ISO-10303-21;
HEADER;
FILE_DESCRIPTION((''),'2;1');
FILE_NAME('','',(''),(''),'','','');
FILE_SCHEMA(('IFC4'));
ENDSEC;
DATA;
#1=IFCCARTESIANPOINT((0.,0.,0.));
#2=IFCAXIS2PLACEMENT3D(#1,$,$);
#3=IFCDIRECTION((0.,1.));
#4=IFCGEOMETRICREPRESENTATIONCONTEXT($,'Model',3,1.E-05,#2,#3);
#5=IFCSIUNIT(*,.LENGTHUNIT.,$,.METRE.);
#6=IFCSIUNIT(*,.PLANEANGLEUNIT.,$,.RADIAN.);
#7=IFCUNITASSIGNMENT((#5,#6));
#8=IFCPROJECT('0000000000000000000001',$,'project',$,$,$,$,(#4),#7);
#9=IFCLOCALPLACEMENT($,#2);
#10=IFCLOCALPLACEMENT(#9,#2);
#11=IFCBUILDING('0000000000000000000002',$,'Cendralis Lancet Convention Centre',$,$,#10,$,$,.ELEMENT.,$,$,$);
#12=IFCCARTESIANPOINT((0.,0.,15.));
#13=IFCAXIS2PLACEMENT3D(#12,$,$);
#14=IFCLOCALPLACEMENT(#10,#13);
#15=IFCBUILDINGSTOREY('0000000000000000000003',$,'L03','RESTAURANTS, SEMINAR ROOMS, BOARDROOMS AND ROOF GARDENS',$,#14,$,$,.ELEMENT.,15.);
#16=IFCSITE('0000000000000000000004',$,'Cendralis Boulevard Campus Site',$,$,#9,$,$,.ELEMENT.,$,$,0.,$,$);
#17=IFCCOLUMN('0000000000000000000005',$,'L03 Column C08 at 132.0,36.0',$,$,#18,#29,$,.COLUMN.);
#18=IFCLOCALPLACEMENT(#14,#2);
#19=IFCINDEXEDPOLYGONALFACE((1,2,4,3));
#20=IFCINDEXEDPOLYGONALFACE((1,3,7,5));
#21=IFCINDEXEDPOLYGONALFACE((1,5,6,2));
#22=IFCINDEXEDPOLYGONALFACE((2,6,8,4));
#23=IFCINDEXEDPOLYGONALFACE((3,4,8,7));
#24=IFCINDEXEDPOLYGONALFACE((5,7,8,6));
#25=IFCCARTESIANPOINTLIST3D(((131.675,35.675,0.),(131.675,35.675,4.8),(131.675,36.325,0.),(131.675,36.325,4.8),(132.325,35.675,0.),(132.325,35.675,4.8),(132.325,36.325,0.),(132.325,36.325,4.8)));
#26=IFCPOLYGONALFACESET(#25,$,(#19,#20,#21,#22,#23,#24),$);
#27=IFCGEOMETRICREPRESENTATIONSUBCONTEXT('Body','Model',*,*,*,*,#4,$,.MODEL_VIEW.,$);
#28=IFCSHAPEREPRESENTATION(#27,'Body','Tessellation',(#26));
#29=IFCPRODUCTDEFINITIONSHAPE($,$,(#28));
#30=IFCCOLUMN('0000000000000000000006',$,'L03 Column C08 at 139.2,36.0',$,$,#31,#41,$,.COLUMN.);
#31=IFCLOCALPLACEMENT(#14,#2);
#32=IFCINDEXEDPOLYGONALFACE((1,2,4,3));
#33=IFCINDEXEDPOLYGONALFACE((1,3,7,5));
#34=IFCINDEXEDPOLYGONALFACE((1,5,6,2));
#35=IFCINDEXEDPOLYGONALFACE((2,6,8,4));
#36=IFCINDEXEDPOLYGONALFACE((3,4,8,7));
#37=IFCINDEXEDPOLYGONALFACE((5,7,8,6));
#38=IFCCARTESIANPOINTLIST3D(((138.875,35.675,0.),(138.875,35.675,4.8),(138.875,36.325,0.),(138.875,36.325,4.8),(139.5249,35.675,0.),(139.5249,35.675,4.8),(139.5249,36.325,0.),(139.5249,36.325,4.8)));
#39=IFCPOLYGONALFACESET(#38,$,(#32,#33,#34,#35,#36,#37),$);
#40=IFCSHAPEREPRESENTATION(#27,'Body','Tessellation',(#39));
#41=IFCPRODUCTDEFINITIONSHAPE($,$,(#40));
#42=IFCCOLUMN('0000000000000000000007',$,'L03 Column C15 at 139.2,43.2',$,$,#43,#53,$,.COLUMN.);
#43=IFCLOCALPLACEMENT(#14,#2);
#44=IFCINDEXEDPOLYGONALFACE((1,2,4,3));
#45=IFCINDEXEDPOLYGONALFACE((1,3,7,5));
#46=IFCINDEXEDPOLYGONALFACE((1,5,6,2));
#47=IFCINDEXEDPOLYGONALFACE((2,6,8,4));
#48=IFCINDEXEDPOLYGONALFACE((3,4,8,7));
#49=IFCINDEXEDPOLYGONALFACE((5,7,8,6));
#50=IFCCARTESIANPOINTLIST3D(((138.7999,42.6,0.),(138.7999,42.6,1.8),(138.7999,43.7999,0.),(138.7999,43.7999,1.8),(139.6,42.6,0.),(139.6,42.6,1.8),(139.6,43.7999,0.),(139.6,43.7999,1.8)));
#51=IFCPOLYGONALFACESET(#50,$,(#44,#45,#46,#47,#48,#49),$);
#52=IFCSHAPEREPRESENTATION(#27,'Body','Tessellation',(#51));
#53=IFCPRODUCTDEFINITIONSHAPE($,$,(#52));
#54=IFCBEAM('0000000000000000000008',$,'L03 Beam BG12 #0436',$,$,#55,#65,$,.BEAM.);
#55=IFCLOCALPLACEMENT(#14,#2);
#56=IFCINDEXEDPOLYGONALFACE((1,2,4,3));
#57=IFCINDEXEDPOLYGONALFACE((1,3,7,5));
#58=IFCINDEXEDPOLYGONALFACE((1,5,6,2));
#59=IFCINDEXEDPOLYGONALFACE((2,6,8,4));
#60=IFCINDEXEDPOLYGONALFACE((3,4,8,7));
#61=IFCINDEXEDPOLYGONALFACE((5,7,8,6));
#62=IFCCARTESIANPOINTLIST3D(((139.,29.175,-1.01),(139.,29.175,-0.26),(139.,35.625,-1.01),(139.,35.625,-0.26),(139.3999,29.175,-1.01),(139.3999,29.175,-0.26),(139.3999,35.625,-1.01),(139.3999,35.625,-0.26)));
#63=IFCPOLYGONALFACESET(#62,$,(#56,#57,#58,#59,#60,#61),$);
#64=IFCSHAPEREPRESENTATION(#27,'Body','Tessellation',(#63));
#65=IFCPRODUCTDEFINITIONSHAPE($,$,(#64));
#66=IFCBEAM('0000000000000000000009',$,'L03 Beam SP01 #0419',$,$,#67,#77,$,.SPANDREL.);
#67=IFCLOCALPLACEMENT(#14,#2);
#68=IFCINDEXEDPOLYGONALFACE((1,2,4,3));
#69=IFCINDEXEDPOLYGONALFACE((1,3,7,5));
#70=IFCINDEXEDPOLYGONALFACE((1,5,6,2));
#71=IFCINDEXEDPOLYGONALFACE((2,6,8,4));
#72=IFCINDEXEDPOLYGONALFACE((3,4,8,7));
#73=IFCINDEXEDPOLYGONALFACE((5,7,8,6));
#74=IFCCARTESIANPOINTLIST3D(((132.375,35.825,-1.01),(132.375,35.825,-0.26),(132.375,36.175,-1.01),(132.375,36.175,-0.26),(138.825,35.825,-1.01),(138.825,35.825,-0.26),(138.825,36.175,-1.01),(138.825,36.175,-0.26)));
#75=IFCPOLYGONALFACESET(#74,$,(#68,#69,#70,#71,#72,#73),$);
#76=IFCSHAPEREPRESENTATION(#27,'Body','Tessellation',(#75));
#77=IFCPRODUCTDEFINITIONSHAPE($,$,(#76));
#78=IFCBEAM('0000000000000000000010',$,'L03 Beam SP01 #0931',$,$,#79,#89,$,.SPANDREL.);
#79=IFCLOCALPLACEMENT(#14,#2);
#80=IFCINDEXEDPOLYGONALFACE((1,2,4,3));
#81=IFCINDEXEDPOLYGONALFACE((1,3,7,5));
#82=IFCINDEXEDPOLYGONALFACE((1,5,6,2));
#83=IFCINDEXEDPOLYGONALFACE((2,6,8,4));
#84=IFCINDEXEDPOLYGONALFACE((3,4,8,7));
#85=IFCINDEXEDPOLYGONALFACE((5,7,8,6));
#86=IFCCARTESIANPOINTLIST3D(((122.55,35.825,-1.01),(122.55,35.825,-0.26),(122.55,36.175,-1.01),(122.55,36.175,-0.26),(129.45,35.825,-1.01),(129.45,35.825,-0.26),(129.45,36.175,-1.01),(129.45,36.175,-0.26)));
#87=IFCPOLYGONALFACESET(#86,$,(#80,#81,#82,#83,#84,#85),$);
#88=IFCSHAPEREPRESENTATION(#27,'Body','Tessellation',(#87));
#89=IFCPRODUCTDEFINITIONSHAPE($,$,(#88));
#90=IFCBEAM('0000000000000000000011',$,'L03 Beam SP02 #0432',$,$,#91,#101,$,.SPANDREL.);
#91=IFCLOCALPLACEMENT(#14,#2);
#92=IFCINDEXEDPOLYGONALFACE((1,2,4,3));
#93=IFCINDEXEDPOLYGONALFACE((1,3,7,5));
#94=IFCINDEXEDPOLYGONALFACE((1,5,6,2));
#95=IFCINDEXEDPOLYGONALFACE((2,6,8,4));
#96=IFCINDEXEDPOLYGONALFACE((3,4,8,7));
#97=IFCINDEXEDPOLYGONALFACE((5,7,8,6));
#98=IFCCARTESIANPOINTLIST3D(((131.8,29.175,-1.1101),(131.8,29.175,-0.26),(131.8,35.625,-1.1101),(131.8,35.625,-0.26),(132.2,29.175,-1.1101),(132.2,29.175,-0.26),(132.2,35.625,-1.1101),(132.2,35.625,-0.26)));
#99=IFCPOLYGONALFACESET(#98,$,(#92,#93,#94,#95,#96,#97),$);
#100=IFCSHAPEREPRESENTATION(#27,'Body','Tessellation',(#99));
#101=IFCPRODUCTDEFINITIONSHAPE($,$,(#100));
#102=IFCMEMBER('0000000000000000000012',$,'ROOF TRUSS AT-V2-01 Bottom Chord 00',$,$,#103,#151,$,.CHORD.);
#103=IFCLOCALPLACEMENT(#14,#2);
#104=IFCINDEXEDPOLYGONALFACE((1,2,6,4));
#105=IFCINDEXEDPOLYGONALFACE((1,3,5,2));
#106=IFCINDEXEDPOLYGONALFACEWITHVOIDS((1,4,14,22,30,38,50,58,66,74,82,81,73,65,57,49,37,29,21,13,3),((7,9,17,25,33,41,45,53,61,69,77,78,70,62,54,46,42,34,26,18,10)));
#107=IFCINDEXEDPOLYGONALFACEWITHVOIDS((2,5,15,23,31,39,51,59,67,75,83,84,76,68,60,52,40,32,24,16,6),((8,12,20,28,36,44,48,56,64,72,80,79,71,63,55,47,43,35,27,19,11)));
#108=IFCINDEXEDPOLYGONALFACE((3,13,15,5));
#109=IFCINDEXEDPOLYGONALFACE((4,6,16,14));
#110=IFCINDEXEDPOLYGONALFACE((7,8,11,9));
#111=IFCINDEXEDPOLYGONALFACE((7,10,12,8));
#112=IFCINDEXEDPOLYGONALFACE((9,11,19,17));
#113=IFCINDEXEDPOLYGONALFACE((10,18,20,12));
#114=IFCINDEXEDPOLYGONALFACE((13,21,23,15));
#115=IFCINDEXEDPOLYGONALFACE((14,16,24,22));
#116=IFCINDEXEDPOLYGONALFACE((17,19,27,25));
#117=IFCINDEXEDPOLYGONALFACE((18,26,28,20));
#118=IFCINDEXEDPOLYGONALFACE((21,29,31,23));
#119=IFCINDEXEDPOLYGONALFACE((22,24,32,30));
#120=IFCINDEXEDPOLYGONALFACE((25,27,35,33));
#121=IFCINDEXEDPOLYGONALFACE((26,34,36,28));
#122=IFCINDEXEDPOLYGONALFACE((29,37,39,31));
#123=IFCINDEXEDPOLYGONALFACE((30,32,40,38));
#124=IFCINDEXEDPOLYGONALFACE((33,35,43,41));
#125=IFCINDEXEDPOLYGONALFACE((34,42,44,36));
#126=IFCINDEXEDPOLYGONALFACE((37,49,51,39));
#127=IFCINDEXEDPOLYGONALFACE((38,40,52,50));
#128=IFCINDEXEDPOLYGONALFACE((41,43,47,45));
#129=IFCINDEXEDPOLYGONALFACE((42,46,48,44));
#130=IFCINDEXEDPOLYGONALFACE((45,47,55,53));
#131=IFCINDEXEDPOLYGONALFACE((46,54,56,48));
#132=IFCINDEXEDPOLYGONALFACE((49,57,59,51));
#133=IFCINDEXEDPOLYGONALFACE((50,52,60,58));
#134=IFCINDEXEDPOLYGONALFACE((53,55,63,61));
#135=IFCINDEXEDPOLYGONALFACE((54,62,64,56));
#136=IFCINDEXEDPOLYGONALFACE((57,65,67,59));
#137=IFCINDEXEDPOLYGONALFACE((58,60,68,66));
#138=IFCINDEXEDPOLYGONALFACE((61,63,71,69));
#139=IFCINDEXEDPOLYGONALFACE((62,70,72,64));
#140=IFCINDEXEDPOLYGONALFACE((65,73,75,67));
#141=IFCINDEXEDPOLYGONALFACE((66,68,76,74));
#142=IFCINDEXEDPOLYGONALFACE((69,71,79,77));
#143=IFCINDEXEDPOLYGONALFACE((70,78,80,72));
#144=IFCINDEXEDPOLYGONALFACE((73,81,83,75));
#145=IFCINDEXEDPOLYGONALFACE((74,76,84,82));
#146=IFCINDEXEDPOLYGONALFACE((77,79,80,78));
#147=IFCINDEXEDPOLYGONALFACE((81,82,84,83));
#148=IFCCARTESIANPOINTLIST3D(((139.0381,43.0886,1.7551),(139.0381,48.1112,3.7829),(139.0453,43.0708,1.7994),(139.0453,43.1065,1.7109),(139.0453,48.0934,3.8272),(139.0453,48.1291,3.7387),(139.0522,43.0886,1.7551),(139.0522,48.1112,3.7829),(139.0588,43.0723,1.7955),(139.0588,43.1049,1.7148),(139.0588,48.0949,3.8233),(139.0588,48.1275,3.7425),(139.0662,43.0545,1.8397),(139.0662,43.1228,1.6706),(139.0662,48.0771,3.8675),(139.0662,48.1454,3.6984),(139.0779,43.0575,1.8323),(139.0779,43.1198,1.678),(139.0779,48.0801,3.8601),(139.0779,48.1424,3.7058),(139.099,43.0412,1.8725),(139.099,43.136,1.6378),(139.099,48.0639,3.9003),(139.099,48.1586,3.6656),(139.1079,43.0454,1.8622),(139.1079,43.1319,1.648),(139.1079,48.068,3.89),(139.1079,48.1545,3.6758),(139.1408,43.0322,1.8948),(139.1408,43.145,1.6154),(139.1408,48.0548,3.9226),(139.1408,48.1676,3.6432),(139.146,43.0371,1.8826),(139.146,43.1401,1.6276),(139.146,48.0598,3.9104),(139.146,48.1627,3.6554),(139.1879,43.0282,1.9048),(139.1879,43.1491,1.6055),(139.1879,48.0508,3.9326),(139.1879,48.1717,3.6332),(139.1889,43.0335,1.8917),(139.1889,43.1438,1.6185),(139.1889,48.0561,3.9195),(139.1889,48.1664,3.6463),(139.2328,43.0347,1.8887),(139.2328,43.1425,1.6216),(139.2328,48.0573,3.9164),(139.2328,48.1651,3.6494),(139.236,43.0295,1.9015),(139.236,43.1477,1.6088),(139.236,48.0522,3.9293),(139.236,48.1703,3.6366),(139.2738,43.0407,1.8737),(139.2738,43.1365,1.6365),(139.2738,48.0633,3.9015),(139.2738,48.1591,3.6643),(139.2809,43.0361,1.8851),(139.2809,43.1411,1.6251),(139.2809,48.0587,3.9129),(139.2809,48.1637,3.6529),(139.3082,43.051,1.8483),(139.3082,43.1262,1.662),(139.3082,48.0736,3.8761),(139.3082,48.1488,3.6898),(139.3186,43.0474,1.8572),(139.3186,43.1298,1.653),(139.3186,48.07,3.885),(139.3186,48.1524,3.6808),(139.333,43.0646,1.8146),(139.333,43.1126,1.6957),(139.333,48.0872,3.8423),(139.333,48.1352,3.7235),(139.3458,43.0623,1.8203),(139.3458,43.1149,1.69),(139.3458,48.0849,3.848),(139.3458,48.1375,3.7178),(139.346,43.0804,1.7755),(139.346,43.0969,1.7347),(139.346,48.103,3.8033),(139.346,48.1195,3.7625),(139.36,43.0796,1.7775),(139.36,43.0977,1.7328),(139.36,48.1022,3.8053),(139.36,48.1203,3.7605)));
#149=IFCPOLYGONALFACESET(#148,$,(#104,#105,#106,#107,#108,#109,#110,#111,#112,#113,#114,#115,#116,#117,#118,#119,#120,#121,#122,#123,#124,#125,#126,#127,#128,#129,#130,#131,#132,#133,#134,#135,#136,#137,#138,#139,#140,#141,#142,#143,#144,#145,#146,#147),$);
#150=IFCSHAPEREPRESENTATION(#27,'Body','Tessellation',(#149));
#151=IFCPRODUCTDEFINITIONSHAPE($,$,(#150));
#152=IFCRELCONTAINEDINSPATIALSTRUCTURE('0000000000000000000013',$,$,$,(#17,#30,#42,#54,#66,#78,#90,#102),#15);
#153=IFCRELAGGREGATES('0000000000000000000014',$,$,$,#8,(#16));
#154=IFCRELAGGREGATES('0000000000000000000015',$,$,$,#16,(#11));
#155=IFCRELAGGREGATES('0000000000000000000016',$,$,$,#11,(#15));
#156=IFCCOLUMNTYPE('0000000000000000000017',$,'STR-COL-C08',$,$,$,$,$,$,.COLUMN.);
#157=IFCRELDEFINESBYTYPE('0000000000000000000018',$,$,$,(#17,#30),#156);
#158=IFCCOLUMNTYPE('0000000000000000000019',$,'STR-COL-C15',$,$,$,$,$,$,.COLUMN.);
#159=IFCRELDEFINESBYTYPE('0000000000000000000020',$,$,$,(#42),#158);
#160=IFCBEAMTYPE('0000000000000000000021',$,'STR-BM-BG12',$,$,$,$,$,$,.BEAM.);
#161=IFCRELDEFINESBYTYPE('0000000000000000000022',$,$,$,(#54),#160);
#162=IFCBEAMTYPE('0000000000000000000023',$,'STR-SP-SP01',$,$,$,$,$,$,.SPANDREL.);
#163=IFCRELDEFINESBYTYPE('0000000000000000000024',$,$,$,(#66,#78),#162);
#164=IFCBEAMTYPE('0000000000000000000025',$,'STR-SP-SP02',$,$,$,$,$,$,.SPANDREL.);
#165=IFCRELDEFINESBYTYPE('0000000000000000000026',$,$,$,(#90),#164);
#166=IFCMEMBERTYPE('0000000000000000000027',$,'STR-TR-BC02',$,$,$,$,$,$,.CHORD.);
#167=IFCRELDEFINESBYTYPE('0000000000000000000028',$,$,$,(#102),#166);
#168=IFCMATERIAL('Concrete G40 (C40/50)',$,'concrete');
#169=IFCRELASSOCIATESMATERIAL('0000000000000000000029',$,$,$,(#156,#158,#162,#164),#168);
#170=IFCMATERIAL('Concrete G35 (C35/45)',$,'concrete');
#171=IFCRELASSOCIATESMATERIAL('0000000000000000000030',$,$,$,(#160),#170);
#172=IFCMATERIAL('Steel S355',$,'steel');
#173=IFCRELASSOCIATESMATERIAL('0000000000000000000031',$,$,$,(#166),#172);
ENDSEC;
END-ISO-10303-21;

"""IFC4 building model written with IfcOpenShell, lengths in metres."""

from ifc_helpers import new_model, si_unit, direction, frame, origin, origin_2d, place, context, subcontext, project, spatial, rectangle, hollow_circle, extrude, material, material_profile, profile_set, type_object, element, save


model = new_model("IFC4")

# Units and contexts
model_context = context("Model", 3, precision=1e-05, world=origin(), true_north=direction((0.0, 1.0)))
body_context = subcontext(model_context, "Body", "Model", "MODEL_VIEW")
ifc_project = project(units=[si_unit("LENGTHUNIT", "METRE"), si_unit("PLANEANGLEUNIT", "RADIAN")], contexts=[model_context])

# Site, building, storey
site_placement = place(None, origin())
site = spatial("IfcSite", under=ifc_project, at=site_placement, Name="Cendralis Boulevard Campus Site", CompositionType="ELEMENT", RefElevation=0.0)
building_placement = place(site_placement, origin())
building = spatial("IfcBuilding", under=site, at=building_placement, Name="Cendralis Lancet Convention Centre", CompositionType="ELEMENT")
storey_placement = place(building_placement, frame((0.0, 0.0, 15.0)))
storey = spatial("IfcBuildingStorey", under=building, at=storey_placement, Name="L03", Description="RESTAURANTS, SEMINAR ROOMS, BOARDROOMS AND ROOF GARDENS", CompositionType="ELEMENT", Elevation=15.0)

# Columns
ifc_material_1 = material(Name="Concrete G40 (C40/50)", Category="concrete")
ifc_material_profile_1 = material_profile(ifc_material_1, rectangle(XDim=0.6499, YDim=0.6499, at=origin_2d()), Name="RC 650x650")
ifc_profile_set_1 = profile_set([ifc_material_profile_1], Name="Concrete G40 (C40/50)")
column_type_1 = type_object("IfcColumnType", Name="STR-COL-C08", PredefinedType="COLUMN", material=ifc_profile_set_1)
for number, where, z_axis, x_axis, name in (
    (1, (132.0, 36.0, 0.0), (0.0, 0.0, 1.0), (1.0, 0.0, 0.0), "L03 Column C08 at 132.0,36.0"),
    (2, (139.2, 36.0, 0.0), (0.0, 0.0, 1.0), (1.0, 0.0, 0.0), "L03 Column C08 at 139.2,36.0"),
):
    element("IfcColumn", number, at=place(storey_placement, frame(where, z_axis=z_axis, x_axis=x_axis)), inside=storey, type_object=column_type_1, Name=name, PredefinedType="COLUMN", context=body_context, shape_type="SweptSolid", body=[
        extrude(rectangle(XDim=0.6499, YDim=0.6499, at=origin_2d()), origin(), (0.0, 0.0, 1.0), 4.8),
    ])
ifc_material_profile_2 = material_profile(ifc_material_1, rectangle(XDim=0.8, YDim=1.2, at=origin_2d()), Name="RC 800x1200")
ifc_profile_set_2 = profile_set([ifc_material_profile_2], Name="Concrete G40 (C40/50)")
column_type_2 = type_object("IfcColumnType", Name="STR-COL-C15", PredefinedType="COLUMN", material=ifc_profile_set_2)
column_placement = place(storey_placement, frame((139.2, 43.2, 0.0), z_axis=(0.0, 0.0, 1.0), x_axis=(1.0, 0.0, 0.0)))
element("IfcColumn", 3, at=column_placement, inside=storey, type_object=column_type_2, Name="L03 Column C15 at 139.2,43.2", PredefinedType="COLUMN", context=body_context, shape_type="SweptSolid", body=[
    extrude(rectangle(XDim=0.8, YDim=1.2, at=origin_2d()), origin(), (0.0, 0.0, 1.0), 1.8),
])

# Beams
ifc_material_2 = material(Name="Concrete G35 (C35/45)", Category="concrete")
ifc_material_profile_3 = material_profile(ifc_material_2, rectangle(XDim=0.3999, YDim=0.75, at=origin_2d()), Name="RCB 400x750")
ifc_profile_set_3 = profile_set([ifc_material_profile_3], Name="Concrete G35 (C35/45)")
beam_type_1 = type_object("IfcBeamType", Name="STR-BM-BG12", PredefinedType="BEAM", material=ifc_profile_set_3)
beam_1_placement = place(storey_placement, frame((139.2, 29.175, -0.635), z_axis=(0.0, 1.0, 0.0), x_axis=(-1.0, 0.0, 0.0)))
element("IfcBeam", 4, at=beam_1_placement, inside=storey, type_object=beam_type_1, Name="L03 Beam BG12 #0436", PredefinedType="BEAM", context=body_context, shape_type="SweptSolid", body=[
    extrude(rectangle(XDim=0.3999, YDim=0.75, at=origin_2d()), origin(), (0.0, 0.0, 1.0), 6.45),
])
ifc_material_profile_4 = material_profile(ifc_material_1, rectangle(XDim=0.3501, YDim=0.75, at=origin_2d()), Name="RCB 350x750")
ifc_profile_set_4 = profile_set([ifc_material_profile_4], Name="Concrete G40 (C40/50)")
beam_type_2 = type_object("IfcBeamType", Name="STR-SP-SP01", PredefinedType="SPANDREL", material=ifc_profile_set_4)
beam_2_placement = place(storey_placement, frame((132.375, 36.0, -0.635), z_axis=(1.0, 0.0, 0.0), x_axis=(0.0, 1.0, 0.0)))
element("IfcBeam", 5, at=beam_2_placement, inside=storey, type_object=beam_type_2, Name="L03 Beam SP01 #0419", PredefinedType="SPANDREL", context=body_context, shape_type="SweptSolid", body=[
    extrude(rectangle(XDim=0.3501, YDim=0.75, at=origin_2d()), origin(), (0.0, 0.0, 1.0), 6.45),
])
beam_3_placement = place(storey_placement, frame((122.55, 36.0, -0.635), z_axis=(1.0, 0.0, 0.0), x_axis=(0.0, 1.0, 0.0)))
element("IfcBeam", 6, at=beam_3_placement, inside=storey, type_object=beam_type_2, Name="L03 Beam SP01 #0931", PredefinedType="SPANDREL", context=body_context, shape_type="SweptSolid", body=[
    extrude(rectangle(XDim=0.3501, YDim=0.75, at=origin_2d()), origin(), (0.0, 0.0, 1.0), 6.8999),
])
ifc_material_profile_5 = material_profile(ifc_material_1, rectangle(XDim=0.3999, YDim=0.8501, at=origin_2d()), Name="RCB 400x850")
ifc_profile_set_5 = profile_set([ifc_material_profile_5], Name="Concrete G40 (C40/50)")
beam_type_3 = type_object("IfcBeamType", Name="STR-SP-SP02", PredefinedType="SPANDREL", material=ifc_profile_set_5)
beam_4_placement = place(storey_placement, frame((132.0, 29.175, -0.6851), z_axis=(0.0, 1.0, 0.0), x_axis=(-1.0, 0.0, 0.0)))
element("IfcBeam", 7, at=beam_4_placement, inside=storey, type_object=beam_type_3, Name="L03 Beam SP02 #0432", PredefinedType="SPANDREL", context=body_context, shape_type="SweptSolid", body=[
    extrude(rectangle(XDim=0.3999, YDim=0.8501, at=origin_2d()), origin(), (0.0, 0.0, 1.0), 6.45),
])

# Member
ifc_material_3 = material(Name="Steel S355", Category="steel")
ifc_material_profile_6 = material_profile(ifc_material_3, hollow_circle(Radius=0.1619, WallThickness=0.0142, at=origin_2d()), Name="CHS 323.9x14.2")
ifc_profile_set_6 = profile_set([ifc_material_profile_6], Name="Steel S355")
member_type_1 = type_object("IfcMemberType", Name="STR-TR-BC02", PredefinedType="CHORD", material=ifc_profile_set_6)
member_1_placement = place(storey_placement, frame((139.2, 43.0886, 1.7551), z_axis=(0.0, 0.927278, 0.374373), x_axis=(-1.0, 0.0, 0.0)))
element("IfcMember", 8, at=member_1_placement, inside=storey, type_object=member_type_1, Name="ROOF TRUSS AT-V2-01 Bottom Chord 00", PredefinedType="CHORD", context=body_context, shape_type="SweptSolid", body=[
    extrude(hollow_circle(Radius=0.1619, WallThickness=0.0142, at=origin_2d()), origin(), (0.0, 0.0, 1.0), 5.4165),
])

save(model, "model.ifc")
